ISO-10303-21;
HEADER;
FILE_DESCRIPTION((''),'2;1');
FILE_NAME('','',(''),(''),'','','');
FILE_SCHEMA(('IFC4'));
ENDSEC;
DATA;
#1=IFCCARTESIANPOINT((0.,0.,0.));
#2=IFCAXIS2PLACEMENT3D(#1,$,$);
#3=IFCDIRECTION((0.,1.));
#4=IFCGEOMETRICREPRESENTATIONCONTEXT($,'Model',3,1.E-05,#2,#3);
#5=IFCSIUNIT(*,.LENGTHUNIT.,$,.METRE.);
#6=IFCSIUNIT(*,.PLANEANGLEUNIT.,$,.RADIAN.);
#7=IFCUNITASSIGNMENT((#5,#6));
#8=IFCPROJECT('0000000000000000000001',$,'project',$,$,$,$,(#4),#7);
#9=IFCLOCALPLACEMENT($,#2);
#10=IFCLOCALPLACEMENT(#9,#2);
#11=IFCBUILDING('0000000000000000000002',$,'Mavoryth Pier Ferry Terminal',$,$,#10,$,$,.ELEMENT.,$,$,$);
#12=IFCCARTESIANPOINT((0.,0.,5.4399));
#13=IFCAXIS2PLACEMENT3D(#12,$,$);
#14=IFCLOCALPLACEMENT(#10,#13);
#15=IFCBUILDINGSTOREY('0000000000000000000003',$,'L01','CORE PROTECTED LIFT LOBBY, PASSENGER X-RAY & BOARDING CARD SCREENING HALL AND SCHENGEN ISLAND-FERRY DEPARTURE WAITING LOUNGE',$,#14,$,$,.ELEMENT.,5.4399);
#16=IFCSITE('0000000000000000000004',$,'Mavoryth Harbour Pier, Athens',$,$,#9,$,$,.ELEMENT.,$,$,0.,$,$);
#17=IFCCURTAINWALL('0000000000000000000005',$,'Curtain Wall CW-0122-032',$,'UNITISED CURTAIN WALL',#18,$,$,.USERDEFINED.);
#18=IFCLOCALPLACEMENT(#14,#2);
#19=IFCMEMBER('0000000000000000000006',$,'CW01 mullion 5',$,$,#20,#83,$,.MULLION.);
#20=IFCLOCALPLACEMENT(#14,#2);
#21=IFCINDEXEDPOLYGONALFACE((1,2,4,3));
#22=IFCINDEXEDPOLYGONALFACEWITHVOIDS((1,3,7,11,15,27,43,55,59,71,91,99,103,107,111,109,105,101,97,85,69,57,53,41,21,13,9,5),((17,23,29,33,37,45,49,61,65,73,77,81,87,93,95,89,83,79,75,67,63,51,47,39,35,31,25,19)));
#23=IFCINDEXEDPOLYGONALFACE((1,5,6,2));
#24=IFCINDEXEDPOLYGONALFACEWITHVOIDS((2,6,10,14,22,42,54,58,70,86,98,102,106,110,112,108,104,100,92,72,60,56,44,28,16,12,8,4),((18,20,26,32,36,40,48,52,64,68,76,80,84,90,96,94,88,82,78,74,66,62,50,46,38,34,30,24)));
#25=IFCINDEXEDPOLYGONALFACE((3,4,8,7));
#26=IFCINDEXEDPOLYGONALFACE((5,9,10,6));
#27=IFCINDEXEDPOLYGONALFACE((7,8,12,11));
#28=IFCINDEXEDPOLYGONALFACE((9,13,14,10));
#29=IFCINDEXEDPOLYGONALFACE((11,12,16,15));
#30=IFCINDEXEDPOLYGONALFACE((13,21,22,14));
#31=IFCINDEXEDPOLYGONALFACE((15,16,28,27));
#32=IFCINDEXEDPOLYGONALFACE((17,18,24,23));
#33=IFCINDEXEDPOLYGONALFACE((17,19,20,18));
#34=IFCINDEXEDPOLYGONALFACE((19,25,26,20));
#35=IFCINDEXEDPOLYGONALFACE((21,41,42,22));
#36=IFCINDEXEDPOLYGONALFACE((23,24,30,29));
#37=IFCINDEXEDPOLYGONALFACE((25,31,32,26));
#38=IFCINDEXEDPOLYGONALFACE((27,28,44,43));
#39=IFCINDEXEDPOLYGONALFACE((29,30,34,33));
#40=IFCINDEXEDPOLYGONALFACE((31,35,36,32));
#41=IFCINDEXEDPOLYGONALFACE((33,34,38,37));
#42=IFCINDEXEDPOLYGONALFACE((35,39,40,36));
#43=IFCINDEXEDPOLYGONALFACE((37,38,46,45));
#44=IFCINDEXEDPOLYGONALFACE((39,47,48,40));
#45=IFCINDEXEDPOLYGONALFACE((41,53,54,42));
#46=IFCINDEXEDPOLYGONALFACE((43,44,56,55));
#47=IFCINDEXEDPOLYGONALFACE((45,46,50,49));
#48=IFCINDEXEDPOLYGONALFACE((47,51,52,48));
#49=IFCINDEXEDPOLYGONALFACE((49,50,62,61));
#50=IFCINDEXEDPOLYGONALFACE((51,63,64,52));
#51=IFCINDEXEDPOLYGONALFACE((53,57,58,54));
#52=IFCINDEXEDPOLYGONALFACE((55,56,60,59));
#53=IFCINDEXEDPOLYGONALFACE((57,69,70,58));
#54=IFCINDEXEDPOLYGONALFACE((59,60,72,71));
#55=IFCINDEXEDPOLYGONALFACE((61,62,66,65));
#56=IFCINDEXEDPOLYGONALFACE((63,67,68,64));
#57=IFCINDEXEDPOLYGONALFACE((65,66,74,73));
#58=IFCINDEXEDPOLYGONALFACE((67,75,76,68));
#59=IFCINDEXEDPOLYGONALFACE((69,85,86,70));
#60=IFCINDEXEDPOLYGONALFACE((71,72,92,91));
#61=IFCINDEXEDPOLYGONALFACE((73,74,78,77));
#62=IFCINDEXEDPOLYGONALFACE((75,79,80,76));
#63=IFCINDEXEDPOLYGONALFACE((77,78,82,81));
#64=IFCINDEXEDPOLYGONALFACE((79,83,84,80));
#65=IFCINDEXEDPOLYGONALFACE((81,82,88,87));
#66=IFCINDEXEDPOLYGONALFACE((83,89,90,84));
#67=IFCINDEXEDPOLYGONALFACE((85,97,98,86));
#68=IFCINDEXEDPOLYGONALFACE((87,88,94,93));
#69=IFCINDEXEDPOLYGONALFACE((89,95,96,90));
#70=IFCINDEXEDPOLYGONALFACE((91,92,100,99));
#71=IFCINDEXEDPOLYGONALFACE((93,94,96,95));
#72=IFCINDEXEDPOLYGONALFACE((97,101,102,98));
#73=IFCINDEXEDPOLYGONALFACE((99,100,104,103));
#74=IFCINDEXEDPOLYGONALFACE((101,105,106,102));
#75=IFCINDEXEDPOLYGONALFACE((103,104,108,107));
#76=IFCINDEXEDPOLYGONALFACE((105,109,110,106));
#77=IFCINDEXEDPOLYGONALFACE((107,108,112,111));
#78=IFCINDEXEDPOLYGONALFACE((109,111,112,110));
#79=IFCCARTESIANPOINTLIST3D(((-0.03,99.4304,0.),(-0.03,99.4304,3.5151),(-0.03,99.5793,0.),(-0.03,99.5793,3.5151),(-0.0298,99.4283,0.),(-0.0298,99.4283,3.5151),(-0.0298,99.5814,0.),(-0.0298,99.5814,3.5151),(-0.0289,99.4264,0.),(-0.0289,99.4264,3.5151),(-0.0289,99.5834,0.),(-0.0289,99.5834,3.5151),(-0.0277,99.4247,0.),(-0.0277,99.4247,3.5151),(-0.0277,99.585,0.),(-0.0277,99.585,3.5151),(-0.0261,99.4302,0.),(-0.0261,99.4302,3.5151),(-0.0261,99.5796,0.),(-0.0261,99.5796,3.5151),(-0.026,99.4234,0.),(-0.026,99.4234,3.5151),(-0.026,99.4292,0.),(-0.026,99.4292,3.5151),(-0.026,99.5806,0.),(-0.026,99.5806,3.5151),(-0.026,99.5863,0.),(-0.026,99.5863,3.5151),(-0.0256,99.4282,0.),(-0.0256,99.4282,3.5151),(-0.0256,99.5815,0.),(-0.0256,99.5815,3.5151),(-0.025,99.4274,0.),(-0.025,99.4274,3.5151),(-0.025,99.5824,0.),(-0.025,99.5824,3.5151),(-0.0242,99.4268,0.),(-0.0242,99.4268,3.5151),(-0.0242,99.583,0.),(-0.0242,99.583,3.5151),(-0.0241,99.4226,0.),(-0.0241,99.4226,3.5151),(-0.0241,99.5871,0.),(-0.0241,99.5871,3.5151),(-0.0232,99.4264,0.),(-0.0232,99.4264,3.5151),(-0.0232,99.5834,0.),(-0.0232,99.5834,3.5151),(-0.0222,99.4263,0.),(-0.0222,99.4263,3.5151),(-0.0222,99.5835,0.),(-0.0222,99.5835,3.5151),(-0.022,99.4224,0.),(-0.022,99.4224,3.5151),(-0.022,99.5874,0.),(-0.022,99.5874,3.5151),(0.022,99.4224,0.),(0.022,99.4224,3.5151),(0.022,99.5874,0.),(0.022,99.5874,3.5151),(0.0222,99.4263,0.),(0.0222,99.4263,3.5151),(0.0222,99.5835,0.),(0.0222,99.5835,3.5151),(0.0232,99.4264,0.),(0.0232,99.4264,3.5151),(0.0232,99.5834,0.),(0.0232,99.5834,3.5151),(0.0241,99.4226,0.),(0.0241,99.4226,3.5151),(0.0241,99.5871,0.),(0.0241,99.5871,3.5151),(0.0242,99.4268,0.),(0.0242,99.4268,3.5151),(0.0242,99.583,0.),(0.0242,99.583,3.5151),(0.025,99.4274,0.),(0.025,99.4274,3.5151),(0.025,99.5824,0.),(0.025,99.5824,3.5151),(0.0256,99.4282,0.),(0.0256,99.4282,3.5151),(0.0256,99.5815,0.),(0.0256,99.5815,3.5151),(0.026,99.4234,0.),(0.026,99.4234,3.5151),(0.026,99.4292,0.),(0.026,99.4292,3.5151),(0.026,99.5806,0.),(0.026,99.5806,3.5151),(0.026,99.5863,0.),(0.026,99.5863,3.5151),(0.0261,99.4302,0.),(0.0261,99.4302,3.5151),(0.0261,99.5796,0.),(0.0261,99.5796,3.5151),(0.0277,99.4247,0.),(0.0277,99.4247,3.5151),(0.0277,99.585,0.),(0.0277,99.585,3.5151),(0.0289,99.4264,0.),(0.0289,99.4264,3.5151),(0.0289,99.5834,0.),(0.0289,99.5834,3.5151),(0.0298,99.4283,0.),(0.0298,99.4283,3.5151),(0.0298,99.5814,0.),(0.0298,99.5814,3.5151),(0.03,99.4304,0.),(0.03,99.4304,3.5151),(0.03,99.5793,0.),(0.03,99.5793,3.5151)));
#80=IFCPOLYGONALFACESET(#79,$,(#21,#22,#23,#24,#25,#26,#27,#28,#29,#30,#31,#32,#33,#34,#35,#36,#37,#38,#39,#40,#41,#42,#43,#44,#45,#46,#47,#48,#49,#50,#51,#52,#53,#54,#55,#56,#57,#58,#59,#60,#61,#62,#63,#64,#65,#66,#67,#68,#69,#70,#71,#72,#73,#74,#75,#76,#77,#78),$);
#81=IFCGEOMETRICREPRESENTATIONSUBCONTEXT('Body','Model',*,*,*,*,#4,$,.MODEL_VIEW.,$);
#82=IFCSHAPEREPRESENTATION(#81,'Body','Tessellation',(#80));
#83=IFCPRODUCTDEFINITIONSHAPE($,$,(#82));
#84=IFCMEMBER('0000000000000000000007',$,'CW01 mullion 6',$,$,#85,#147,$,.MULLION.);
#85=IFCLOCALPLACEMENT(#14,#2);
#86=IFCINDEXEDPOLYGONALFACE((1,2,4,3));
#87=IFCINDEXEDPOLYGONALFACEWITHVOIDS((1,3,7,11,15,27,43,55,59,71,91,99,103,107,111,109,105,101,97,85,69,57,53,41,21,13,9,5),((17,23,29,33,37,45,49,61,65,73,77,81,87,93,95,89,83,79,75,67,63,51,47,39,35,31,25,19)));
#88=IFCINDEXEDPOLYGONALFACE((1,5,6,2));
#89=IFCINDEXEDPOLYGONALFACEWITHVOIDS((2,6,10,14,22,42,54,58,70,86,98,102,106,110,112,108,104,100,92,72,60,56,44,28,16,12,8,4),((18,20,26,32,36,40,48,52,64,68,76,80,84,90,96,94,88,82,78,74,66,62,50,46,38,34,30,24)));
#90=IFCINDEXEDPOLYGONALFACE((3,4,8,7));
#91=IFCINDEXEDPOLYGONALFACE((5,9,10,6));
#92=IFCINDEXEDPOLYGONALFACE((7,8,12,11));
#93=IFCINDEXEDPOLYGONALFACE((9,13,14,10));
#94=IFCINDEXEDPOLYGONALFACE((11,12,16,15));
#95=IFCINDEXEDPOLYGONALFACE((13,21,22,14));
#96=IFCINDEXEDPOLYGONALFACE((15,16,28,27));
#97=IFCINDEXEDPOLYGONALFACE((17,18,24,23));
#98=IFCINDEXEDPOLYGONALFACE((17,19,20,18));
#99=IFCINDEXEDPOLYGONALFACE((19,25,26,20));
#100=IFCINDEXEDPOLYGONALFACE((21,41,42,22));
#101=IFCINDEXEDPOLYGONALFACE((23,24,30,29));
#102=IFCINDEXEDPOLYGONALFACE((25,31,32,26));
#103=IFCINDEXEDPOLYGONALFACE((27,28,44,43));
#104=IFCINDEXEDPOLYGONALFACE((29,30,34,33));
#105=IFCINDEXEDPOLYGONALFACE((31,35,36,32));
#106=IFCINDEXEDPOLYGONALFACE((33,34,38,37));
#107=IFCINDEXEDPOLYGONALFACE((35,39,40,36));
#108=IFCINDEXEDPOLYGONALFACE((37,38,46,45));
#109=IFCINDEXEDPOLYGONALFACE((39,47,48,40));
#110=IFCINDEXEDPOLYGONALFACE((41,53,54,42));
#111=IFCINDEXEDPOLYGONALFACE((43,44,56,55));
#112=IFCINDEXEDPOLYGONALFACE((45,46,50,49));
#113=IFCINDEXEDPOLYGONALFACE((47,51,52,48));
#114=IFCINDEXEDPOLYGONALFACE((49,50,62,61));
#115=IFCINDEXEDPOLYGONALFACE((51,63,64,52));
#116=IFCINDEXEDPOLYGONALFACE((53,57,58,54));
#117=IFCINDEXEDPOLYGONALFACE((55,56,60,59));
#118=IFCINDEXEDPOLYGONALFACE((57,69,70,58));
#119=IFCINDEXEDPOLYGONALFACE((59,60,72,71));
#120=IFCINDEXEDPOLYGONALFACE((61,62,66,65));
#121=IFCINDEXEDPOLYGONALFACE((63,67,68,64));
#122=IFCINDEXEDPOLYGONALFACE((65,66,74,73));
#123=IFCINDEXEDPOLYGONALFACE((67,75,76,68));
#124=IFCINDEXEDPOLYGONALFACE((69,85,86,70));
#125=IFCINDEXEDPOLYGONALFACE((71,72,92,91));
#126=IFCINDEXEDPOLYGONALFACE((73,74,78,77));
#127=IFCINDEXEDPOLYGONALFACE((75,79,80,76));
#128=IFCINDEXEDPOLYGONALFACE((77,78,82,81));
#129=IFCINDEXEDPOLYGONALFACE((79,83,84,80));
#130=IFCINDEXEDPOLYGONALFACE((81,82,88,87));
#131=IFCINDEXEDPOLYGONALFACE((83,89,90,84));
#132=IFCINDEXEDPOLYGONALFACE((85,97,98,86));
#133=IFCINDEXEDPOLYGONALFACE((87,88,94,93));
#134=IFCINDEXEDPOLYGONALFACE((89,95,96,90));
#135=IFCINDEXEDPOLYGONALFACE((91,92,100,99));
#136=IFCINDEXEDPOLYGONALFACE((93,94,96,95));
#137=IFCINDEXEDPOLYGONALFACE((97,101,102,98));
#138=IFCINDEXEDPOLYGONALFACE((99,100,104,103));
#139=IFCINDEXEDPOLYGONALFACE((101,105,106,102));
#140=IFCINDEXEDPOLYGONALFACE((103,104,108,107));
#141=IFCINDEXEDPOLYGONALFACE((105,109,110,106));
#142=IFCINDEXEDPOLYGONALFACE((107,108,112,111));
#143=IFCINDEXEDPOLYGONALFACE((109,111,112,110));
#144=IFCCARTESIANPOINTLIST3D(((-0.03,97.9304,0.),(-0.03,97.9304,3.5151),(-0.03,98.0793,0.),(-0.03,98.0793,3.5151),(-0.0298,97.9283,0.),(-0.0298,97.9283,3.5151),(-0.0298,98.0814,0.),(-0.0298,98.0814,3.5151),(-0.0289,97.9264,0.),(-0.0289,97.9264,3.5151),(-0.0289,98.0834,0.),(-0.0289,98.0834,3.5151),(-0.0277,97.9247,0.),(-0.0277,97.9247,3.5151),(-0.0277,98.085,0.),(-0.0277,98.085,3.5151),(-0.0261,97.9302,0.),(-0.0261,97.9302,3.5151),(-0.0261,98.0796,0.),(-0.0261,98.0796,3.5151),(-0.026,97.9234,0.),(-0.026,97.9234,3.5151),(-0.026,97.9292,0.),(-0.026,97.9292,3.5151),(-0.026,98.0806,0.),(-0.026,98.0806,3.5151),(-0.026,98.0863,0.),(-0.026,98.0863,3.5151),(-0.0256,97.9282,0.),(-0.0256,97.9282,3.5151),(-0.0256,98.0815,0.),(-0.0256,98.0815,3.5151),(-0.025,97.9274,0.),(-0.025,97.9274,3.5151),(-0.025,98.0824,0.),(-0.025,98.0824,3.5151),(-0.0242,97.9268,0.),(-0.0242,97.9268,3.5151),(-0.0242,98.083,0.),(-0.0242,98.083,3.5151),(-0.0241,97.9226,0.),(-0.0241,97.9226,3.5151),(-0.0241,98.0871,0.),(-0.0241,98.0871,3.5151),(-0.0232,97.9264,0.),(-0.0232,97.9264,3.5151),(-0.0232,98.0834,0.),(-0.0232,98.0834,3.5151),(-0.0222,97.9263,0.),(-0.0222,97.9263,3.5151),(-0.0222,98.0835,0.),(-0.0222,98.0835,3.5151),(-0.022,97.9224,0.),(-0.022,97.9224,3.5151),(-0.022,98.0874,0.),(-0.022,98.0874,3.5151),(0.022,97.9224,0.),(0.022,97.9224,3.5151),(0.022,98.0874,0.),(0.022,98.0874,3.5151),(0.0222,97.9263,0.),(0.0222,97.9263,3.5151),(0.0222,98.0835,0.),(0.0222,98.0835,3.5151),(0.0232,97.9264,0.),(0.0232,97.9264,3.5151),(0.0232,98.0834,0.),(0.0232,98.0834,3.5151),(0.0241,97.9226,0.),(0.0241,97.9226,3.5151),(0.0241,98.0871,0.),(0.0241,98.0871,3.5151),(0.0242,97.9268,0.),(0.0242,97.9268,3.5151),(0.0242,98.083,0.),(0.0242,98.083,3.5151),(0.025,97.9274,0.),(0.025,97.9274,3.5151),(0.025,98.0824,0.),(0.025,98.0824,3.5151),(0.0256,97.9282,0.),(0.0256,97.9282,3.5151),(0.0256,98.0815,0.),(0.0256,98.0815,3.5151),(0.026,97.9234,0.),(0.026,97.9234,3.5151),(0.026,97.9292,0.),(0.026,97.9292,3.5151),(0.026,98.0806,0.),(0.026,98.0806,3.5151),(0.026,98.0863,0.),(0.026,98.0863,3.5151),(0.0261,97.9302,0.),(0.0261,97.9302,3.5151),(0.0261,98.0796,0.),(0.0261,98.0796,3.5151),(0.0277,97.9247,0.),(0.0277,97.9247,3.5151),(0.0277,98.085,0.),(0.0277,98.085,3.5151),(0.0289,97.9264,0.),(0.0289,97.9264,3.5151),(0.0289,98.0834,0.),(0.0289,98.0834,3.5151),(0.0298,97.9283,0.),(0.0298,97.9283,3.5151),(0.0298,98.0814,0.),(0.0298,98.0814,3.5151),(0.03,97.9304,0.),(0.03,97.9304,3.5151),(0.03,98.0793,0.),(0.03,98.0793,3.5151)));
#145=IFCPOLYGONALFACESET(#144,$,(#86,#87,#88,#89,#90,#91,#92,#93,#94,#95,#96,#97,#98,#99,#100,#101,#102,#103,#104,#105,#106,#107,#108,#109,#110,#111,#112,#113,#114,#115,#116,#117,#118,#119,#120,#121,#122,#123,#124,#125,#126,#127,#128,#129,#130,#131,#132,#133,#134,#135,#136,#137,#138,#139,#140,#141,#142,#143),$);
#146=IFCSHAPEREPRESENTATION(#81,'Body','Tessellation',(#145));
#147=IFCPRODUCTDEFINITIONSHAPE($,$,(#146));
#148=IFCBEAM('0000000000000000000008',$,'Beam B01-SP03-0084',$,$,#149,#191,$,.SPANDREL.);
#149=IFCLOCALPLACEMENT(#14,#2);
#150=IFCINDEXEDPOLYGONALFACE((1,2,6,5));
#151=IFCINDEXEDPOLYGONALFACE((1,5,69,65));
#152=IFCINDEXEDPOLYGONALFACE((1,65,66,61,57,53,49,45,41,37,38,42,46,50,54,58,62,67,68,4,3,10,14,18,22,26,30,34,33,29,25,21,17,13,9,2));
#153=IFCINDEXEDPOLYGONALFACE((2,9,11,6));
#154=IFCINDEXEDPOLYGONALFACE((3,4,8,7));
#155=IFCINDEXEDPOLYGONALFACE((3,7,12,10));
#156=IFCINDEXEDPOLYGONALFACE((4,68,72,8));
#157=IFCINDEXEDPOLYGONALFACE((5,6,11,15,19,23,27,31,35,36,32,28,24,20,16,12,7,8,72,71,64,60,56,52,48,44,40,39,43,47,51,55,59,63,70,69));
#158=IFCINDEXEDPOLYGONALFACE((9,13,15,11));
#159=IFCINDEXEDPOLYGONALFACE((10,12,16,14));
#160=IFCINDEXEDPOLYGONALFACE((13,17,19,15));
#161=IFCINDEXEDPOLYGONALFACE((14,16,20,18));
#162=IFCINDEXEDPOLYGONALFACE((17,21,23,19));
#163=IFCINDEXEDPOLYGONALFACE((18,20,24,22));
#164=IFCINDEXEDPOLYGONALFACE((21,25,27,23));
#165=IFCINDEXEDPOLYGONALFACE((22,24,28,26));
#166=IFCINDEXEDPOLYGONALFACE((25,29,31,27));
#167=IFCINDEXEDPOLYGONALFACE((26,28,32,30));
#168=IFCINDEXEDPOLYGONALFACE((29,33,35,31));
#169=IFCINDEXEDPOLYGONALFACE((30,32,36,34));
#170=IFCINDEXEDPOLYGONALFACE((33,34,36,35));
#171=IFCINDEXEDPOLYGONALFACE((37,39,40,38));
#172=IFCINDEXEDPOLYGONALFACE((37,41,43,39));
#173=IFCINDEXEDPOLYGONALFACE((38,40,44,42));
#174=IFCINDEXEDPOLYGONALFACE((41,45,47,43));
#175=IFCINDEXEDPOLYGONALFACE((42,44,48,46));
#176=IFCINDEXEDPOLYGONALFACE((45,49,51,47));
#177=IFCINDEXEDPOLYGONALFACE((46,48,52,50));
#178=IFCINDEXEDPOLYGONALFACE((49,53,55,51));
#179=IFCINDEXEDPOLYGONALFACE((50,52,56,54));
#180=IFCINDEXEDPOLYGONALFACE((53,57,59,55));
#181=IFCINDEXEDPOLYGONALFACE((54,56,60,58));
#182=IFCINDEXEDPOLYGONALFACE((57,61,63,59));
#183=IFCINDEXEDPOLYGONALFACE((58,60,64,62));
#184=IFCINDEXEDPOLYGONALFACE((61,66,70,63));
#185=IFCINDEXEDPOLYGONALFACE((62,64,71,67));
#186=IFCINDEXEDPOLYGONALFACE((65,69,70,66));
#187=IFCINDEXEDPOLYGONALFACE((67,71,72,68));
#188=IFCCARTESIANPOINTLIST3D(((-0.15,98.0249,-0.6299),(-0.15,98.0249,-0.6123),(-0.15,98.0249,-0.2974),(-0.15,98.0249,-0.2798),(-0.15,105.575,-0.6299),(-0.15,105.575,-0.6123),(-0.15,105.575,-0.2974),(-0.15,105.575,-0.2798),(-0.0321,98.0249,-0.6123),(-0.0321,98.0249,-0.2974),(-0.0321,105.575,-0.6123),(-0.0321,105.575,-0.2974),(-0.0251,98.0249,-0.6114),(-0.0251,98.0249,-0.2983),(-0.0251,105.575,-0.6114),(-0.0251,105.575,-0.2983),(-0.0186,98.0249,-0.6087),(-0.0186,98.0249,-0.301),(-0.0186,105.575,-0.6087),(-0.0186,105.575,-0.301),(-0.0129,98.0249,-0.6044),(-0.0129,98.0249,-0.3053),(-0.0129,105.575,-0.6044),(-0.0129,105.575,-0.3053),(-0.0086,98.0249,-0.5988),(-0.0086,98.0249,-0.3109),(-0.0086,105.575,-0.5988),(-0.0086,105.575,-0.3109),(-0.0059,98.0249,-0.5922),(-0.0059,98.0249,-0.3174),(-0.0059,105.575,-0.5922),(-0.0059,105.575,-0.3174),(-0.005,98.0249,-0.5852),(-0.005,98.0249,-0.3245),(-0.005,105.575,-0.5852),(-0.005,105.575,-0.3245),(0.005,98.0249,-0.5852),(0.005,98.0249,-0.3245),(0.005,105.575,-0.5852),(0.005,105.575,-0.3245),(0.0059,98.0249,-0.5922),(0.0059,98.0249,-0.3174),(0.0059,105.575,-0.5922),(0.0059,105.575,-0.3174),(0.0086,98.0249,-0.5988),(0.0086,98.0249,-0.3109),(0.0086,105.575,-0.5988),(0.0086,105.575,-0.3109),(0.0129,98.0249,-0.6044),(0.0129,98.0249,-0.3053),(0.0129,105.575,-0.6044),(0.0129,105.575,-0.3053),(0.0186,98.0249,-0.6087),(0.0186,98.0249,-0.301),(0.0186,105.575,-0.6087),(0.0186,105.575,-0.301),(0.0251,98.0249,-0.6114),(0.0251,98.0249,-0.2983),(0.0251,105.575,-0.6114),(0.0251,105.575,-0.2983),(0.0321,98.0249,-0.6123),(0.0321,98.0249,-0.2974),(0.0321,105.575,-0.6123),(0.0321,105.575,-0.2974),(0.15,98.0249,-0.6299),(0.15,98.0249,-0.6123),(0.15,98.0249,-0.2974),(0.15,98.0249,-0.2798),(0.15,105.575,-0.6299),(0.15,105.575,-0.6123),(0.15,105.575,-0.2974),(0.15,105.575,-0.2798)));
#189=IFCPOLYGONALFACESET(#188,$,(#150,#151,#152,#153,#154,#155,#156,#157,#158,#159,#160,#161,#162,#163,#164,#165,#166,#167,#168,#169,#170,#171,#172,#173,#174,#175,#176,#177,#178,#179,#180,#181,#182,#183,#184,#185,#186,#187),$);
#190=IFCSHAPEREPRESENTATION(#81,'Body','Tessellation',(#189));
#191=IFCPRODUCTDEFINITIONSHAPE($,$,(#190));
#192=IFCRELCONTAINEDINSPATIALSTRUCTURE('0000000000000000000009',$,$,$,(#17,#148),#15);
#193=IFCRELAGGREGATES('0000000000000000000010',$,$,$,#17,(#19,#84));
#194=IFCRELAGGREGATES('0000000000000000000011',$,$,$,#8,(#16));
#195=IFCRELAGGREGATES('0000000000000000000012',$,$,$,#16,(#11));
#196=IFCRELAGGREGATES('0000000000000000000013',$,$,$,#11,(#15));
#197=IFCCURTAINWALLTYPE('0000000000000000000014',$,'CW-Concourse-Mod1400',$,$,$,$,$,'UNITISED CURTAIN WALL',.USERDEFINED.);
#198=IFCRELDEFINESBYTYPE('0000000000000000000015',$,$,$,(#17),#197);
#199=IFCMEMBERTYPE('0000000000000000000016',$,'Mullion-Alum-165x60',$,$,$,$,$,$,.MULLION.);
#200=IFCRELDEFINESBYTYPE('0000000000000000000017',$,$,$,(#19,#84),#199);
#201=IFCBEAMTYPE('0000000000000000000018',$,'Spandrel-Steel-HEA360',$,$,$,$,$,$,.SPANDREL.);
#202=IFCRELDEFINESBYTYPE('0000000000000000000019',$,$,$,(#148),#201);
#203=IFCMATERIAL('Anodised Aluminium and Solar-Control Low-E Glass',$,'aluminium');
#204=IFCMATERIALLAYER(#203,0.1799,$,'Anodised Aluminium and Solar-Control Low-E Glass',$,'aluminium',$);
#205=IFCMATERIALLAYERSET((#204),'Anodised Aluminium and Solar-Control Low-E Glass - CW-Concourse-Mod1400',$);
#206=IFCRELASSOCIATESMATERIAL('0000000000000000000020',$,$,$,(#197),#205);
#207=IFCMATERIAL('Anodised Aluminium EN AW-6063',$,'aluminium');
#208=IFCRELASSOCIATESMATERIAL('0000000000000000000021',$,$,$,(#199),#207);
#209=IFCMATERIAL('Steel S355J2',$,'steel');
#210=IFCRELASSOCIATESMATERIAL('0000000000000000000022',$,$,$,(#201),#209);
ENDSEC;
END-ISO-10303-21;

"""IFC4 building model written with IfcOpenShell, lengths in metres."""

from ifc_helpers import new_model, si_unit, direction, frame, origin, origin_2d, place, context, subcontext, project, spatial, hollow_rectangle, i_section, extrude, material, layer, layer_set, material_profile, profile_set, type_object, element, aggregate, save


model = new_model("IFC4")

# Units and contexts
model_context = context("Model", 3, precision=1e-05, world=origin(), true_north=direction((0.0, 1.0)))
body_context = subcontext(model_context, "Body", "Model", "MODEL_VIEW")
ifc_project = project(units=[si_unit("LENGTHUNIT", "METRE"), si_unit("PLANEANGLEUNIT", "RADIAN")], contexts=[model_context])

# Site, building, storey
site_placement = place(None, origin())
site = spatial("IfcSite", under=ifc_project, at=site_placement, Name="Mavoryth Harbour Pier, Athens", CompositionType="ELEMENT", RefElevation=0.0)
building_placement = place(site_placement, origin())
building = spatial("IfcBuilding", under=site, at=building_placement, Name="Mavoryth Pier Ferry Terminal", CompositionType="ELEMENT")
storey_placement = place(building_placement, frame((0.0, 0.0, 5.4399)))
storey = spatial("IfcBuildingStorey", under=building, at=storey_placement, Name="L01", Description="CORE PROTECTED LIFT LOBBY, PASSENGER X-RAY & BOARDING CARD SCREENING HALL AND SCHENGEN ISLAND-FERRY DEPARTURE WAITING LOUNGE", CompositionType="ELEMENT", Elevation=5.4399)

# Curtain wall, members
ifc_material_1 = material(Name="Anodised Aluminium and Solar-Control Low-E Glass", Category="aluminium")
ifc_layer_1 = layer(ifc_material_1, 0.1799, Name="Anodised Aluminium and Solar-Control Low-E Glass", Category="aluminium")
ifc_layer_set_1 = layer_set([ifc_layer_1], Name="Anodised Aluminium and Solar-Control Low-E Glass - CW-Concourse-Mod1400")
curtain_wall_type = type_object("IfcCurtainWallType", Name="CW-Concourse-Mod1400", ElementType="UNITISED CURTAIN WALL", PredefinedType="USERDEFINED", material=ifc_layer_set_1)
curtain_wall_placement = place(storey_placement, origin())
curtain_wall = element("IfcCurtainWall", 1, at=curtain_wall_placement, inside=storey, type_object=curtain_wall_type, Name="Curtain Wall CW-0122-032", ObjectType="UNITISED CURTAIN WALL", PredefinedType="USERDEFINED")
ifc_material_2 = material(Name="Anodised Aluminium EN AW-6063", Category="aluminium")
ifc_material_profile_1 = material_profile(ifc_material_2, hollow_rectangle(XDim=0.0601, YDim=0.165, WallThickness=0.0039, InnerFilletRadius=0.0039, OuterFilletRadius=0.0081, at=origin_2d()), Name="AL-MULL 165x60x4", Category="aluminium")
ifc_profile_set_1 = profile_set([ifc_material_profile_1], Name="Anodised Aluminium EN AW-6063 - AL-MULL 165x60x4")
member_type_1 = type_object("IfcMemberType", Name="Mullion-Alum-165x60", PredefinedType="MULLION", material=ifc_profile_set_1)
member_1_placement = place(storey_placement, frame((0.0, 99.5049, 0.0), z_axis=(0.0, 0.0, 1.0), x_axis=(1.0, 0.0, 0.0)))
member_1 = element("IfcMember", 2, at=member_1_placement, type_object=member_type_1, Name="CW01 mullion 5", PredefinedType="MULLION", context=body_context, shape_type="SweptSolid", body=[
    extrude(hollow_rectangle(XDim=0.0601, YDim=0.165, WallThickness=0.0039, InnerFilletRadius=0.0039, OuterFilletRadius=0.0081, at=origin_2d()), origin(), (0.0, 0.0, 1.0), 3.5151),
])
member_2_placement = place(storey_placement, frame((0.0, 98.0049, 0.0), z_axis=(0.0, 0.0, 1.0), x_axis=(1.0, 0.0, 0.0)))
member_2 = element("IfcMember", 3, at=member_2_placement, type_object=member_type_1, Name="CW01 mullion 6", PredefinedType="MULLION", context=body_context, shape_type="SweptSolid", body=[
    extrude(hollow_rectangle(XDim=0.0601, YDim=0.165, WallThickness=0.0039, InnerFilletRadius=0.0039, OuterFilletRadius=0.0081, at=origin_2d()), origin(), (0.0, 0.0, 1.0), 3.5151),
])

# Beam
ifc_material_3 = material(Name="Steel S355J2", Category="steel")
ifc_material_profile_2 = material_profile(ifc_material_3, i_section(OverallWidth=0.3, OverallDepth=0.3501, WebThickness=0.01, FlangeThickness=0.0176, FilletRadius=0.0271, at=origin_2d()), Name="HEA 360", Category="steel")
ifc_profile_set_2 = profile_set([ifc_material_profile_2], Name="Steel S355J2 - HEA 360")
beam_type_1 = type_object("IfcBeamType", Name="Spandrel-Steel-HEA360", PredefinedType="SPANDREL", material=ifc_profile_set_2)
beam_1_placement = place(storey_placement, frame((0.0, 98.0249, -0.4548), z_axis=(0.0, 1.0, 0.0), x_axis=(-1.0, 0.0, 0.0)))
element("IfcBeam", 4, at=beam_1_placement, inside=storey, type_object=beam_type_1, Name="Beam B01-SP03-0084", PredefinedType="SPANDREL", context=body_context, shape_type="SweptSolid", body=[
    extrude(i_section(OverallWidth=0.3, OverallDepth=0.3501, WebThickness=0.01, FlangeThickness=0.0176, FilletRadius=0.0271, at=origin_2d()), origin(), (0.0, 0.0, 1.0), 7.55),
])

aggregate(curtain_wall, [member_1, member_2])

save(model, "model.ifc")
